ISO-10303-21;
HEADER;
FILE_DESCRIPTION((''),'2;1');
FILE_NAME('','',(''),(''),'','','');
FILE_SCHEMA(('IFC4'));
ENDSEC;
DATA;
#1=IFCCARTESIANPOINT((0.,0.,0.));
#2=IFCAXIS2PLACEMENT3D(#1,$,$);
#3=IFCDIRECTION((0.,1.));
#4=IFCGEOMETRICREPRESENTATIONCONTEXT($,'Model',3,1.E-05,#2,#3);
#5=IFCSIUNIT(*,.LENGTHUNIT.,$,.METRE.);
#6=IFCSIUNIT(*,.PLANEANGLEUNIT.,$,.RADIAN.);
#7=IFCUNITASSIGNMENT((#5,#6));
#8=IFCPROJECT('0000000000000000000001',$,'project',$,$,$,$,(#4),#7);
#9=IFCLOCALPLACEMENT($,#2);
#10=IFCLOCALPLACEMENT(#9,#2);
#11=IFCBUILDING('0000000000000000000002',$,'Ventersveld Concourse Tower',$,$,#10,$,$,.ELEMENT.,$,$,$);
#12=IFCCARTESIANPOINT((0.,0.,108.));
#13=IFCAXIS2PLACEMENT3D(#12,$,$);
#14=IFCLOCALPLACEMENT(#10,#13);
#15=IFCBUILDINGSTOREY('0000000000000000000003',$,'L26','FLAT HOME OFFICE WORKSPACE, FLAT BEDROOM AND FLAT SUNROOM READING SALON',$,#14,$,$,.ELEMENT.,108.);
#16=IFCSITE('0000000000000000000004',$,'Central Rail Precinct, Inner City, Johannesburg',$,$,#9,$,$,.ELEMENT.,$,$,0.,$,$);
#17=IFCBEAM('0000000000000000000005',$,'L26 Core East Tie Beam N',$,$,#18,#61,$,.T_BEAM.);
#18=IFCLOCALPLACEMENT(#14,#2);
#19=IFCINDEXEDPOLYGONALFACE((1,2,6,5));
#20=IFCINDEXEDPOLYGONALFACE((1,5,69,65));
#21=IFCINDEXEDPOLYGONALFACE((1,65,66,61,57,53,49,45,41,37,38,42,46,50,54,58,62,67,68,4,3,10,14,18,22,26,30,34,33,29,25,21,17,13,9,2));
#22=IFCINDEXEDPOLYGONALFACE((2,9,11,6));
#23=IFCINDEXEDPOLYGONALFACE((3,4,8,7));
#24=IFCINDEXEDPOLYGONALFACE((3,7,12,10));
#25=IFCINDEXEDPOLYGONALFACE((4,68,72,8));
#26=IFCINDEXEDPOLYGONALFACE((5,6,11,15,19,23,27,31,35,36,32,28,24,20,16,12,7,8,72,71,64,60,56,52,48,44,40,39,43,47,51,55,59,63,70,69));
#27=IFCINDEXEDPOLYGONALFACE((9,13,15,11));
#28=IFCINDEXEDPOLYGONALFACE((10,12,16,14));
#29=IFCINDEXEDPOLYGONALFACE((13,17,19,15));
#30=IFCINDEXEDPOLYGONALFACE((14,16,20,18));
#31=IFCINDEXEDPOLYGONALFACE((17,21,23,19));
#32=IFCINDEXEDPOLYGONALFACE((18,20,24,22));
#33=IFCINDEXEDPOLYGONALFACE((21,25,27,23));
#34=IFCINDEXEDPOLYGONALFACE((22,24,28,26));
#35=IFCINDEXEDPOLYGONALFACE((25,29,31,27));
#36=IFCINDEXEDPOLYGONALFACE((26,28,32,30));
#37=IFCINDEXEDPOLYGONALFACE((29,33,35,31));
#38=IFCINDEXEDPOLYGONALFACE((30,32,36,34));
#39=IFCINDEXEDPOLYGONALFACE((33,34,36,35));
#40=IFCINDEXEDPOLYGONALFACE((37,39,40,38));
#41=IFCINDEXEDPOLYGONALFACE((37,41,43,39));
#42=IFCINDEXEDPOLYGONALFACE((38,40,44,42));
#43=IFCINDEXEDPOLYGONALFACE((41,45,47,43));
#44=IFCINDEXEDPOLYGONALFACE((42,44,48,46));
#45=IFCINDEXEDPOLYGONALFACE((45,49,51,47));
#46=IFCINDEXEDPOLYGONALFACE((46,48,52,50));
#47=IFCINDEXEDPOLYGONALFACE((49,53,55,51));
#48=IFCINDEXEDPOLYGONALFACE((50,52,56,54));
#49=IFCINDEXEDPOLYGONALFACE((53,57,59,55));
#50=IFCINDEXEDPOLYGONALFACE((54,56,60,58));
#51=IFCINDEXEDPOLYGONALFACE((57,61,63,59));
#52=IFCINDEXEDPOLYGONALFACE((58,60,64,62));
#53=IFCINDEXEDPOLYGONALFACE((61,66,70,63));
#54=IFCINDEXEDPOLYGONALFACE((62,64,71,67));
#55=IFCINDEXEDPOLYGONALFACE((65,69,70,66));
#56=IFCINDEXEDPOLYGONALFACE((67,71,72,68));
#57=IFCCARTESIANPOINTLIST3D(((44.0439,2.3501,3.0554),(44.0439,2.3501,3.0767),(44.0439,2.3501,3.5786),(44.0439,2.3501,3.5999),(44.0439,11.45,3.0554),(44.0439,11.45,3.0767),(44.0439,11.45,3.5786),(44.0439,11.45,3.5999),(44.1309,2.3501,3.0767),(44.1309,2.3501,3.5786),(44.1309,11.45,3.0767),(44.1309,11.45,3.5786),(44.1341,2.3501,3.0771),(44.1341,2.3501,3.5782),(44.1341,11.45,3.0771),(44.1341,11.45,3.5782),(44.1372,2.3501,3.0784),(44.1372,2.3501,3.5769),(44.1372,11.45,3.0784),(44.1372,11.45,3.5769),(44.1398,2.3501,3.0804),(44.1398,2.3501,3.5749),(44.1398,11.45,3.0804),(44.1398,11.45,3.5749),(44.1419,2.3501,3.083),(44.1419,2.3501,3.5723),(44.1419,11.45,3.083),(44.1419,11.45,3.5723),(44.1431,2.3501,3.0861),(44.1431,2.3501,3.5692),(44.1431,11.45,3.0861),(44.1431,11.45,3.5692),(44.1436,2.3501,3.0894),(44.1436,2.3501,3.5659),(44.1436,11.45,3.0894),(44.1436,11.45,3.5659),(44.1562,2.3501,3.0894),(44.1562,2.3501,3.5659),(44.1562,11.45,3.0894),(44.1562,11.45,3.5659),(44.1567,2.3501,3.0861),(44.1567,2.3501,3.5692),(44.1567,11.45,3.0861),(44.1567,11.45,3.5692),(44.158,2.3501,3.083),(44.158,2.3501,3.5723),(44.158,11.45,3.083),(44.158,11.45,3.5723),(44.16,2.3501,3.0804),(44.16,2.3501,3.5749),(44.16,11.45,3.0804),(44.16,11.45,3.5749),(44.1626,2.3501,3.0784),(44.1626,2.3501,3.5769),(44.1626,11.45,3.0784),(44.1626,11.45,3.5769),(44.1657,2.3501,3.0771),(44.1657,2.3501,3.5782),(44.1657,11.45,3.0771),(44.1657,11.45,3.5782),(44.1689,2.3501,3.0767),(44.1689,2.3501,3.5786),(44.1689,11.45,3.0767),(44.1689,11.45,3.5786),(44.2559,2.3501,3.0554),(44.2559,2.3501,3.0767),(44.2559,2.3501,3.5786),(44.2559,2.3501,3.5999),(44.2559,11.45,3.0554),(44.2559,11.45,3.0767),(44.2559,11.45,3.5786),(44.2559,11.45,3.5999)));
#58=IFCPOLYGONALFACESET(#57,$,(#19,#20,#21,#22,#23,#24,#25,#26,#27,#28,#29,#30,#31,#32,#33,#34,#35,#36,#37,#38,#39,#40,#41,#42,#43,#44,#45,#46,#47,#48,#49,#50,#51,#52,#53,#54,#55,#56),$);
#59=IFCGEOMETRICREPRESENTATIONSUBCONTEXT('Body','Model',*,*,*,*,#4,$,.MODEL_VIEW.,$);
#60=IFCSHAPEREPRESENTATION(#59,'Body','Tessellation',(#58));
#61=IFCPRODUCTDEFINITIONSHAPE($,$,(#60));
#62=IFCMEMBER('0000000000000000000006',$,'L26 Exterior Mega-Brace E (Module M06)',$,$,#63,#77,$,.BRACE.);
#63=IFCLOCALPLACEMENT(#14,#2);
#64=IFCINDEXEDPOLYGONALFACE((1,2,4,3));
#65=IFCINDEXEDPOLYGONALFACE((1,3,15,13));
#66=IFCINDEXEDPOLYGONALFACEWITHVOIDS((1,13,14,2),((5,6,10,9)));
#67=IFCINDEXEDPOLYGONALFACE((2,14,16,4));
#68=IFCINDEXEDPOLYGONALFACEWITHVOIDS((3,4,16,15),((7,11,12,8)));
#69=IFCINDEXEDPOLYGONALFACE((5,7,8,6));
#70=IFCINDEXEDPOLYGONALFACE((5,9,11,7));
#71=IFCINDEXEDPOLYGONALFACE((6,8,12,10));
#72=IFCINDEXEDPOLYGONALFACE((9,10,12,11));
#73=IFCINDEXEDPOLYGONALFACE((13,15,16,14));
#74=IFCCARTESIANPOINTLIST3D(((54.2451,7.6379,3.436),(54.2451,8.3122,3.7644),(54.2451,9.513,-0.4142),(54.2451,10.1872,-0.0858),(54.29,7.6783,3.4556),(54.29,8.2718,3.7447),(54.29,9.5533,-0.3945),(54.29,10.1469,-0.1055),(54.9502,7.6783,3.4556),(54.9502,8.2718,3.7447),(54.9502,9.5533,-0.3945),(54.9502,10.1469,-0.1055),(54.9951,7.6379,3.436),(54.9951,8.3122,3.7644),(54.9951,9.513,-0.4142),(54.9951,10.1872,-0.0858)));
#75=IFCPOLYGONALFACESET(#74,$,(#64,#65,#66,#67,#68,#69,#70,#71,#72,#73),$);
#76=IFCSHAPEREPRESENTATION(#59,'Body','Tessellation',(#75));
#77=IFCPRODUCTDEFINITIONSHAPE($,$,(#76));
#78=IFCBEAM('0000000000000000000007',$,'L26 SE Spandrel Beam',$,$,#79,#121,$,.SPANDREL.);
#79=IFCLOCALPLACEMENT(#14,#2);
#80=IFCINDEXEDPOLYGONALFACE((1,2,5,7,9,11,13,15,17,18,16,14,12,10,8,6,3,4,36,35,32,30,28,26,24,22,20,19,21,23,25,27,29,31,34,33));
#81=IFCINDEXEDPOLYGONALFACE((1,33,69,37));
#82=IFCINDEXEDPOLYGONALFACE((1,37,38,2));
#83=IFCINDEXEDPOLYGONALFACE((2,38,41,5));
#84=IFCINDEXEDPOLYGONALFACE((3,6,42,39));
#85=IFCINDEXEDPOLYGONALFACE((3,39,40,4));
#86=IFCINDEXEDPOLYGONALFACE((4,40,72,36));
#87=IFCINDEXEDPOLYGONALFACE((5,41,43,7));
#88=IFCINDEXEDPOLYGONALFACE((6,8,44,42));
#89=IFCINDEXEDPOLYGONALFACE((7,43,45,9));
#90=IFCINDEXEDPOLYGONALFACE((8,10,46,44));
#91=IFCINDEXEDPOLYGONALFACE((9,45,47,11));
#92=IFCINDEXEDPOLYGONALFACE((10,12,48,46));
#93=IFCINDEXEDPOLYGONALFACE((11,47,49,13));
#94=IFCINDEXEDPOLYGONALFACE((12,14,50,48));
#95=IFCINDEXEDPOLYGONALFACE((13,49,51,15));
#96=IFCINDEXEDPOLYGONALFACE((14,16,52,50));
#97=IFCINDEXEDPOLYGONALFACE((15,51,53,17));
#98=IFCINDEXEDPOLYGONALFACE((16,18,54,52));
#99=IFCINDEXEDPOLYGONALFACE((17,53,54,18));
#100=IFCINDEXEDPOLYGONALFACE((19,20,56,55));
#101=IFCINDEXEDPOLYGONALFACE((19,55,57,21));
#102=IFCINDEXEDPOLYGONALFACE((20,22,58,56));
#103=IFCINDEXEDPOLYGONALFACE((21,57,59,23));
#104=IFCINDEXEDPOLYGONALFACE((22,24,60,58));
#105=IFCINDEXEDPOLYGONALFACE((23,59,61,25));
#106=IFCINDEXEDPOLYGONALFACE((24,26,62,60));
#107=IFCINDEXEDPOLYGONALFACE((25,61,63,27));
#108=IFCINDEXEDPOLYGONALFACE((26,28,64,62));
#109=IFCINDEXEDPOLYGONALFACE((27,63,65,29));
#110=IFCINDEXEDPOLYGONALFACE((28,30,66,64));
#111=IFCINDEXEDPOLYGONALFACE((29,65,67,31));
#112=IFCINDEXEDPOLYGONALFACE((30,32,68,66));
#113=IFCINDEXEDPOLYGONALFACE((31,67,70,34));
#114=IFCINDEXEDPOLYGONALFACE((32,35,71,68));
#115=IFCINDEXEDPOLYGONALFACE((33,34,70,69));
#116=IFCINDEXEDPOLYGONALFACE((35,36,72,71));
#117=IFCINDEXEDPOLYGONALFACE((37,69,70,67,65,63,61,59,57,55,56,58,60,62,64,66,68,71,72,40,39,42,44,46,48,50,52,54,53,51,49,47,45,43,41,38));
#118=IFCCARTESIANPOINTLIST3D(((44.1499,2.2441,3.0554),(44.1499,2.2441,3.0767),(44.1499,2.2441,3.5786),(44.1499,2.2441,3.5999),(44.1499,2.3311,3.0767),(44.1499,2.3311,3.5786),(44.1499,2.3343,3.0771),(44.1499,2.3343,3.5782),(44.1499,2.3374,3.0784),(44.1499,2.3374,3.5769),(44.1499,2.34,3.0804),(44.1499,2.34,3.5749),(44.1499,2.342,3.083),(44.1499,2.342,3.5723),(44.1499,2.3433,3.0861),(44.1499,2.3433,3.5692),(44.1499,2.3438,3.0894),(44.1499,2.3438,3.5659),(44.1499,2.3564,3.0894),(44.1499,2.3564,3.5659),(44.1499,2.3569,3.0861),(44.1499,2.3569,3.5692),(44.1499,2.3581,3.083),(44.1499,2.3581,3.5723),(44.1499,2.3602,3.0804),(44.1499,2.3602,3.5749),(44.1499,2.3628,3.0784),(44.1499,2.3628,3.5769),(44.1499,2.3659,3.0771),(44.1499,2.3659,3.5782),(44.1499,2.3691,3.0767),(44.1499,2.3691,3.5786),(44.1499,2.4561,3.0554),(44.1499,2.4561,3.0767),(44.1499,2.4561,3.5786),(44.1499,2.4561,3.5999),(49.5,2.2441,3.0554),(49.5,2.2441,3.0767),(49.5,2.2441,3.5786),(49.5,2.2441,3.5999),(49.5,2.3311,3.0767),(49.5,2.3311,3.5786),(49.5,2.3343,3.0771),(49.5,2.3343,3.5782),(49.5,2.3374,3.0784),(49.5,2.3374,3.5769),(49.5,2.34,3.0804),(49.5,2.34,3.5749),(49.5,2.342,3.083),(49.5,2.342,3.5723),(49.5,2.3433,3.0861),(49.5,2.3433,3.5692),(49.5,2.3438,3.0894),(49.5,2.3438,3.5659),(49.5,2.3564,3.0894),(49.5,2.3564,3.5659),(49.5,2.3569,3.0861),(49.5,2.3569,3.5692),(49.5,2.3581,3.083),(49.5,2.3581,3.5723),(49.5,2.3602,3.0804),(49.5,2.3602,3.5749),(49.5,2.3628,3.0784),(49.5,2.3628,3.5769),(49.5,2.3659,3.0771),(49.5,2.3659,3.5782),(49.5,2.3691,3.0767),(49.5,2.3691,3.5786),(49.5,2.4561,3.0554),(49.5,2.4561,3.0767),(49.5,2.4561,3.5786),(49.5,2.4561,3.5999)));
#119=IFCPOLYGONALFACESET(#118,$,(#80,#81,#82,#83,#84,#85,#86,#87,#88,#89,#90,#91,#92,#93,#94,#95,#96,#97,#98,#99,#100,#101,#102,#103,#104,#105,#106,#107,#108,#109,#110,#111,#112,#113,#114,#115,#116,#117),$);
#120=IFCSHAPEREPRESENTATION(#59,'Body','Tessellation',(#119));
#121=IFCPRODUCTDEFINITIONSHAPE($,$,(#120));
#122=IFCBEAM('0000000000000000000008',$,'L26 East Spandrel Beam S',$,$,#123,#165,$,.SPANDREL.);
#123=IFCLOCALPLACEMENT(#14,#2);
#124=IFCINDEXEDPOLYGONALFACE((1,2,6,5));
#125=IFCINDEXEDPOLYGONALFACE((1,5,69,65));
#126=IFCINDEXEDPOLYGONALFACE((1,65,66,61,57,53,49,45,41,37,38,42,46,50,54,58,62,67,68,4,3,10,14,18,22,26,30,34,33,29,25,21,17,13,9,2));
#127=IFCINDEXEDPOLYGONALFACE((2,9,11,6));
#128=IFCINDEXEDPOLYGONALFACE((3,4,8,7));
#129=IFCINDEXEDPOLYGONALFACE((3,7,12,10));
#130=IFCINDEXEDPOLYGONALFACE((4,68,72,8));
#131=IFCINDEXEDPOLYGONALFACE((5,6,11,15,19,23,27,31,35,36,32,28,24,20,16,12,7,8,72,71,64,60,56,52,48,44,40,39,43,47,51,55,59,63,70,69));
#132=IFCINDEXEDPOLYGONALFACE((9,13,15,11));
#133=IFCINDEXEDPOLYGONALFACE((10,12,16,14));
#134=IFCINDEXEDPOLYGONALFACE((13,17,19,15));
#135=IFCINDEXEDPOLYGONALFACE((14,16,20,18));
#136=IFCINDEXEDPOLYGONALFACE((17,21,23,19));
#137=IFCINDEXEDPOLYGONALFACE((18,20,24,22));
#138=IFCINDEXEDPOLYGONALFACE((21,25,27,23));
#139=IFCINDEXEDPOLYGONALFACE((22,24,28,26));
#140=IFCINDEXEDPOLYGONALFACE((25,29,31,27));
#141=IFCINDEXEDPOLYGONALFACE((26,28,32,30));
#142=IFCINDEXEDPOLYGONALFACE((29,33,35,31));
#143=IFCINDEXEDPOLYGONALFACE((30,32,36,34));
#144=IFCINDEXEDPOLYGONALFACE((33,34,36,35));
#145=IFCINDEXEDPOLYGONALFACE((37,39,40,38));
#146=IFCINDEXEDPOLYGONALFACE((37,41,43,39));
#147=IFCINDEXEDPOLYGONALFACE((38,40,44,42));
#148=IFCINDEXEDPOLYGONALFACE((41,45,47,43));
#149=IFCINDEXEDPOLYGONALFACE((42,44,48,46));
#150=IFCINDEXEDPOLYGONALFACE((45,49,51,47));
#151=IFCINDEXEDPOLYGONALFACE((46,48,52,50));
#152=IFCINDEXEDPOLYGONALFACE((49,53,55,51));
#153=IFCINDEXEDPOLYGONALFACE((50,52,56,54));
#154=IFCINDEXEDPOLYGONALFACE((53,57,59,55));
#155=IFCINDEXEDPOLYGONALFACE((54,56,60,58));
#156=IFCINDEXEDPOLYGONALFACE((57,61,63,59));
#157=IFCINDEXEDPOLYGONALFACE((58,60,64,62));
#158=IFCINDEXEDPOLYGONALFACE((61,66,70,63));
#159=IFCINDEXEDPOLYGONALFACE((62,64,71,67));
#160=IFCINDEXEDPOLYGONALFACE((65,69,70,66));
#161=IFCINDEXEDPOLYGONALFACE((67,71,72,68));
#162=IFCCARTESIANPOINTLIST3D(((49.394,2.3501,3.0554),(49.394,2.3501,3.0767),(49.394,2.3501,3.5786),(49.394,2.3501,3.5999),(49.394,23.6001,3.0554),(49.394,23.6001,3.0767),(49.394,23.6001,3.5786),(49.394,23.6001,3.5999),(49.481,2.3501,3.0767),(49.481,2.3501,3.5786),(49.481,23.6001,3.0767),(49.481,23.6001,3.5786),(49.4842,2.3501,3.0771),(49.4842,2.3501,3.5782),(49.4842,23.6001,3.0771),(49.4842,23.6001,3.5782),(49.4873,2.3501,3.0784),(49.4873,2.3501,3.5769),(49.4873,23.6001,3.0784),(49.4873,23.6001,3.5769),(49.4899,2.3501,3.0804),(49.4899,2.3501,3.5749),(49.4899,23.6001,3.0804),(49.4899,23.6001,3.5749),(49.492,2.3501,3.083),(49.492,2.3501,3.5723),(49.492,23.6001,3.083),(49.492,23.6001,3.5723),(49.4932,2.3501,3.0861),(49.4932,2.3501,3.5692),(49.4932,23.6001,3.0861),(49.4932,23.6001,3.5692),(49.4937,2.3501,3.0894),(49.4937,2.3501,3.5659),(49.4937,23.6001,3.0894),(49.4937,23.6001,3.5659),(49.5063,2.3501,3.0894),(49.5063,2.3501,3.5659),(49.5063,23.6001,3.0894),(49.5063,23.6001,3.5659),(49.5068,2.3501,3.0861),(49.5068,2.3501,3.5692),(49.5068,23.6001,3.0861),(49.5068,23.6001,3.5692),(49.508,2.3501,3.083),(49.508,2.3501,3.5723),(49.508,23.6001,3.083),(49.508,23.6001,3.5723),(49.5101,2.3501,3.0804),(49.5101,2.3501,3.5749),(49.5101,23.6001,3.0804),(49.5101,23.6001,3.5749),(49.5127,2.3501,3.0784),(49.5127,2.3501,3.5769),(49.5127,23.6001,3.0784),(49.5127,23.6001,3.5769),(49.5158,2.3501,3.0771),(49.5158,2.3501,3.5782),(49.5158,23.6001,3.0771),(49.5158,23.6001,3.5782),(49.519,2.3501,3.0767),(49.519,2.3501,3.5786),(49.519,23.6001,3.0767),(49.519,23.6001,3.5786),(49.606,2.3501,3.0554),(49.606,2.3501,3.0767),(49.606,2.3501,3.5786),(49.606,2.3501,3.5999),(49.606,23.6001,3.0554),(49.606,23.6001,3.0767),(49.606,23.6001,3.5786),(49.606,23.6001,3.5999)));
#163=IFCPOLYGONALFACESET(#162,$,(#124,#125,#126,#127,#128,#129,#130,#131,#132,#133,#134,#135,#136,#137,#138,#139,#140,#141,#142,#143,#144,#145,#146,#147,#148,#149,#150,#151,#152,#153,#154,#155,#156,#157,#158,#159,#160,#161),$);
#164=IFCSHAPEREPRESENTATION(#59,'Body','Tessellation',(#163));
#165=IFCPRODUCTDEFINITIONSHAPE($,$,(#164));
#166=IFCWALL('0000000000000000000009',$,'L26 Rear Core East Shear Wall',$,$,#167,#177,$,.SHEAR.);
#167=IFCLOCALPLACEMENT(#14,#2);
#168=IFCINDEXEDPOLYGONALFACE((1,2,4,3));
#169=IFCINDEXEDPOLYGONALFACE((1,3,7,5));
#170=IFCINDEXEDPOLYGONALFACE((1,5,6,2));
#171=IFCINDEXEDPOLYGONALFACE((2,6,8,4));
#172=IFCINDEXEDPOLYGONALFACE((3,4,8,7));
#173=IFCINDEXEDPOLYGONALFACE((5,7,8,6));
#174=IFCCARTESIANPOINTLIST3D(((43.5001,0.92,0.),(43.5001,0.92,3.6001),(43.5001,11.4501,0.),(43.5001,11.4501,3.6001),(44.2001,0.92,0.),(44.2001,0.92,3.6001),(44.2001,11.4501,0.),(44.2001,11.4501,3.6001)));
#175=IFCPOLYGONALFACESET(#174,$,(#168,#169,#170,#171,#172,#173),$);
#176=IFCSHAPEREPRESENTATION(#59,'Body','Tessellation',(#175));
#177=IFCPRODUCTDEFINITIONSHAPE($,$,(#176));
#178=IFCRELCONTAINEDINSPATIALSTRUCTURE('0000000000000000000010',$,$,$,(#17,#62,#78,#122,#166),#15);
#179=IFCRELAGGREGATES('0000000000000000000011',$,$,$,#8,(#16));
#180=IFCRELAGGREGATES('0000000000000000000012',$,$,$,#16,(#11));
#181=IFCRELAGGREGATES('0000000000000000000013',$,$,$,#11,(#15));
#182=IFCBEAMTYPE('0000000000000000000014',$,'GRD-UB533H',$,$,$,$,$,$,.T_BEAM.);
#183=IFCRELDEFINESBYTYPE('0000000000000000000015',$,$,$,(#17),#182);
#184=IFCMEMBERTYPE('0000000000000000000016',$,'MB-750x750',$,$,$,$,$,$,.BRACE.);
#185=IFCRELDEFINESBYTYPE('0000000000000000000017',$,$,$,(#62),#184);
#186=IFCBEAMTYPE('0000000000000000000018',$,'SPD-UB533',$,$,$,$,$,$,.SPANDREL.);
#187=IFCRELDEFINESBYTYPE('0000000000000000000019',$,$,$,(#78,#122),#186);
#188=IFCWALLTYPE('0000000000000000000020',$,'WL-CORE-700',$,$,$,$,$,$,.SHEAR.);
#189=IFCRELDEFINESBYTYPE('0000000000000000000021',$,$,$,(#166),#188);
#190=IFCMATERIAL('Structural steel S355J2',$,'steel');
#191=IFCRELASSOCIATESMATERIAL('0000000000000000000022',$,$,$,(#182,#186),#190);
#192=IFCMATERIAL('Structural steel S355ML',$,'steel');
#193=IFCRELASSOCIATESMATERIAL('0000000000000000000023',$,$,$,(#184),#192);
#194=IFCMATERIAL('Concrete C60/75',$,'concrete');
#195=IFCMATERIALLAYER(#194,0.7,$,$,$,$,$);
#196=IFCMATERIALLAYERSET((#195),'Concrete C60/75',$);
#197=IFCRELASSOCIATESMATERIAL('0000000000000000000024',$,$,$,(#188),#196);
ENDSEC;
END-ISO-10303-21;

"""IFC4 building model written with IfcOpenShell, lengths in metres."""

from ifc_helpers import new_model, si_unit, direction, frame, frame_2d, origin, origin_2d, place, context, subcontext, project, spatial, rectangle, hollow_rectangle, i_section, extrude, material, layer, layer_set, material_profile, profile_set, type_object, element, save


model = new_model("IFC4")

# Units and contexts
model_context = context("Model", 3, precision=1e-05, world=origin(), true_north=direction((0.0, 1.0)))
body_context = subcontext(model_context, "Body", "Model", "MODEL_VIEW")
ifc_project = project(units=[si_unit("LENGTHUNIT", "METRE"), si_unit("PLANEANGLEUNIT", "RADIAN")], contexts=[model_context])

# Site, building, storey
site_placement = place(None, origin())
site = spatial("IfcSite", under=ifc_project, at=site_placement, Name="Central Rail Precinct, Inner City, Johannesburg", CompositionType="ELEMENT", RefElevation=0.0)
building_placement = place(site_placement, origin())
building = spatial("IfcBuilding", under=site, at=building_placement, Name="Ventersveld Concourse Tower", CompositionType="ELEMENT")
storey_placement = place(building_placement, frame((0.0, 0.0, 108.0)))
storey = spatial("IfcBuildingStorey", under=building, at=storey_placement, Name="L26", Description="FLAT HOME OFFICE WORKSPACE, FLAT BEDROOM AND FLAT SUNROOM READING SALON", CompositionType="ELEMENT", Elevation=108.0)

# Beam
ifc_material_1 = material(Name="Structural steel S355J2", Category="steel")
ifc_material_profile_1 = material_profile(ifc_material_1, i_section(OverallWidth=0.2119, OverallDepth=0.5444, WebThickness=0.0127, FlangeThickness=0.0212, FilletRadius=0.0127, at=origin_2d()), Name="UB 533x210x122")
ifc_profile_set_1 = profile_set([ifc_material_profile_1], Name="Structural steel S355J2")
beam_type_1 = type_object("IfcBeamType", Name="GRD-UB533H", PredefinedType="T_BEAM", material=ifc_profile_set_1)
beam_1_placement = place(storey_placement, frame((44.1499, 2.3501, 3.3276), z_axis=(0.0, 1.0, 0.0), x_axis=(-1.0, 0.0, 0.0)))
element("IfcBeam", 1, at=beam_1_placement, inside=storey, type_object=beam_type_1, Name="L26 Core East Tie Beam N", PredefinedType="T_BEAM", context=body_context, shape_type="SweptSolid", body=[
    extrude(i_section(OverallWidth=0.2119, OverallDepth=0.5444, WebThickness=0.0127, FlangeThickness=0.0212, FilletRadius=0.0127, at=origin_2d()), origin(), (0.0, 0.0, 1.0), 9.0999),
])

# Member
ifc_material_2 = material(Name="Structural steel S355ML", Category="steel")
ifc_material_profile_2 = material_profile(ifc_material_2, hollow_rectangle(XDim=0.75, YDim=0.75, WallThickness=0.0449, at=origin_2d()), Name="BOX 750x750x45")
ifc_profile_set_2 = profile_set([ifc_material_profile_2], Name="Structural steel S355ML")
member_type = type_object("IfcMemberType", Name="MB-750x750", PredefinedType="BRACE", material=ifc_profile_set_2)
member_placement = place(storey_placement, frame((54.6201, 9.8501, -0.25), z_axis=(0.0, -0.437839, 0.899053), x_axis=(1.0, 0.0, 0.0)))
element("IfcMember", 2, at=member_placement, inside=storey, type_object=member_type, Name="L26 Exterior Mega-Brace E (Module M06)", PredefinedType="BRACE", context=body_context, shape_type="SweptSolid", body=[
    extrude(hollow_rectangle(XDim=0.75, YDim=0.75, WallThickness=0.0449, at=origin_2d()), origin(), (0.0, 0.0, 1.0), 4.2825),
])

# Beams
ifc_material_profile_3 = material_profile(ifc_material_1, i_section(OverallWidth=0.2119, OverallDepth=0.5444, WebThickness=0.0127, FlangeThickness=0.0212, FilletRadius=0.0127, at=origin_2d()), Name="UB 533x210x122")
ifc_profile_set_3 = profile_set([ifc_material_profile_3], Name="Structural steel S355J2")
beam_type_2 = type_object("IfcBeamType", Name="SPD-UB533", PredefinedType="SPANDREL", material=ifc_profile_set_3)
beam_2_placement = place(storey_placement, frame((44.1499, 2.3501, 3.3276), z_axis=(1.0, 0.0, 0.0), x_axis=(0.0, 1.0, 0.0)))
element("IfcBeam", 3, at=beam_2_placement, inside=storey, type_object=beam_type_2, Name="L26 SE Spandrel Beam", PredefinedType="SPANDREL", context=body_context, shape_type="SweptSolid", body=[
    extrude(i_section(OverallWidth=0.2119, OverallDepth=0.5444, WebThickness=0.0127, FlangeThickness=0.0212, FilletRadius=0.0127, at=origin_2d()), origin(), (0.0, 0.0, 1.0), 5.3501),
])
beam_3_placement = place(storey_placement, frame((49.5, 2.3501, 3.3276), z_axis=(0.0, 1.0, 0.0), x_axis=(-1.0, 0.0, 0.0)))
element("IfcBeam", 4, at=beam_3_placement, inside=storey, type_object=beam_type_2, Name="L26 East Spandrel Beam S", PredefinedType="SPANDREL", context=body_context, shape_type="SweptSolid", body=[
    extrude(i_section(OverallWidth=0.2119, OverallDepth=0.5444, WebThickness=0.0127, FlangeThickness=0.0212, FilletRadius=0.0127, at=origin_2d()), origin(), (0.0, 0.0, 1.0), 21.25),
])

# Wall
ifc_material_3 = material(Name="Concrete C60/75", Category="concrete")
ifc_layer_1 = layer(ifc_material_3, 0.7)
ifc_layer_set_1 = layer_set([ifc_layer_1], Name="Concrete C60/75")
wall_type_1 = type_object("IfcWallType", Name="WL-CORE-700", PredefinedType="SHEAR", material=ifc_layer_set_1)
wall_1_placement = place(storey_placement, frame((43.8501, 0.9199, 0.0), z_axis=(0.0, 0.0, 1.0), x_axis=(0.0, 1.0, 0.0)))
element("IfcWall", 5, at=wall_1_placement, inside=storey, type_object=wall_type_1, Name="L26 Rear Core East Shear Wall", PredefinedType="SHEAR", context=body_context, shape_type="SweptSolid", body=[
    extrude(rectangle(XDim=10.53, YDim=0.7, at=frame_2d((5.2651, 0.0))), origin(), (0.0, 0.0, 1.0), 3.6001),
])

save(model, "model.ifc")
